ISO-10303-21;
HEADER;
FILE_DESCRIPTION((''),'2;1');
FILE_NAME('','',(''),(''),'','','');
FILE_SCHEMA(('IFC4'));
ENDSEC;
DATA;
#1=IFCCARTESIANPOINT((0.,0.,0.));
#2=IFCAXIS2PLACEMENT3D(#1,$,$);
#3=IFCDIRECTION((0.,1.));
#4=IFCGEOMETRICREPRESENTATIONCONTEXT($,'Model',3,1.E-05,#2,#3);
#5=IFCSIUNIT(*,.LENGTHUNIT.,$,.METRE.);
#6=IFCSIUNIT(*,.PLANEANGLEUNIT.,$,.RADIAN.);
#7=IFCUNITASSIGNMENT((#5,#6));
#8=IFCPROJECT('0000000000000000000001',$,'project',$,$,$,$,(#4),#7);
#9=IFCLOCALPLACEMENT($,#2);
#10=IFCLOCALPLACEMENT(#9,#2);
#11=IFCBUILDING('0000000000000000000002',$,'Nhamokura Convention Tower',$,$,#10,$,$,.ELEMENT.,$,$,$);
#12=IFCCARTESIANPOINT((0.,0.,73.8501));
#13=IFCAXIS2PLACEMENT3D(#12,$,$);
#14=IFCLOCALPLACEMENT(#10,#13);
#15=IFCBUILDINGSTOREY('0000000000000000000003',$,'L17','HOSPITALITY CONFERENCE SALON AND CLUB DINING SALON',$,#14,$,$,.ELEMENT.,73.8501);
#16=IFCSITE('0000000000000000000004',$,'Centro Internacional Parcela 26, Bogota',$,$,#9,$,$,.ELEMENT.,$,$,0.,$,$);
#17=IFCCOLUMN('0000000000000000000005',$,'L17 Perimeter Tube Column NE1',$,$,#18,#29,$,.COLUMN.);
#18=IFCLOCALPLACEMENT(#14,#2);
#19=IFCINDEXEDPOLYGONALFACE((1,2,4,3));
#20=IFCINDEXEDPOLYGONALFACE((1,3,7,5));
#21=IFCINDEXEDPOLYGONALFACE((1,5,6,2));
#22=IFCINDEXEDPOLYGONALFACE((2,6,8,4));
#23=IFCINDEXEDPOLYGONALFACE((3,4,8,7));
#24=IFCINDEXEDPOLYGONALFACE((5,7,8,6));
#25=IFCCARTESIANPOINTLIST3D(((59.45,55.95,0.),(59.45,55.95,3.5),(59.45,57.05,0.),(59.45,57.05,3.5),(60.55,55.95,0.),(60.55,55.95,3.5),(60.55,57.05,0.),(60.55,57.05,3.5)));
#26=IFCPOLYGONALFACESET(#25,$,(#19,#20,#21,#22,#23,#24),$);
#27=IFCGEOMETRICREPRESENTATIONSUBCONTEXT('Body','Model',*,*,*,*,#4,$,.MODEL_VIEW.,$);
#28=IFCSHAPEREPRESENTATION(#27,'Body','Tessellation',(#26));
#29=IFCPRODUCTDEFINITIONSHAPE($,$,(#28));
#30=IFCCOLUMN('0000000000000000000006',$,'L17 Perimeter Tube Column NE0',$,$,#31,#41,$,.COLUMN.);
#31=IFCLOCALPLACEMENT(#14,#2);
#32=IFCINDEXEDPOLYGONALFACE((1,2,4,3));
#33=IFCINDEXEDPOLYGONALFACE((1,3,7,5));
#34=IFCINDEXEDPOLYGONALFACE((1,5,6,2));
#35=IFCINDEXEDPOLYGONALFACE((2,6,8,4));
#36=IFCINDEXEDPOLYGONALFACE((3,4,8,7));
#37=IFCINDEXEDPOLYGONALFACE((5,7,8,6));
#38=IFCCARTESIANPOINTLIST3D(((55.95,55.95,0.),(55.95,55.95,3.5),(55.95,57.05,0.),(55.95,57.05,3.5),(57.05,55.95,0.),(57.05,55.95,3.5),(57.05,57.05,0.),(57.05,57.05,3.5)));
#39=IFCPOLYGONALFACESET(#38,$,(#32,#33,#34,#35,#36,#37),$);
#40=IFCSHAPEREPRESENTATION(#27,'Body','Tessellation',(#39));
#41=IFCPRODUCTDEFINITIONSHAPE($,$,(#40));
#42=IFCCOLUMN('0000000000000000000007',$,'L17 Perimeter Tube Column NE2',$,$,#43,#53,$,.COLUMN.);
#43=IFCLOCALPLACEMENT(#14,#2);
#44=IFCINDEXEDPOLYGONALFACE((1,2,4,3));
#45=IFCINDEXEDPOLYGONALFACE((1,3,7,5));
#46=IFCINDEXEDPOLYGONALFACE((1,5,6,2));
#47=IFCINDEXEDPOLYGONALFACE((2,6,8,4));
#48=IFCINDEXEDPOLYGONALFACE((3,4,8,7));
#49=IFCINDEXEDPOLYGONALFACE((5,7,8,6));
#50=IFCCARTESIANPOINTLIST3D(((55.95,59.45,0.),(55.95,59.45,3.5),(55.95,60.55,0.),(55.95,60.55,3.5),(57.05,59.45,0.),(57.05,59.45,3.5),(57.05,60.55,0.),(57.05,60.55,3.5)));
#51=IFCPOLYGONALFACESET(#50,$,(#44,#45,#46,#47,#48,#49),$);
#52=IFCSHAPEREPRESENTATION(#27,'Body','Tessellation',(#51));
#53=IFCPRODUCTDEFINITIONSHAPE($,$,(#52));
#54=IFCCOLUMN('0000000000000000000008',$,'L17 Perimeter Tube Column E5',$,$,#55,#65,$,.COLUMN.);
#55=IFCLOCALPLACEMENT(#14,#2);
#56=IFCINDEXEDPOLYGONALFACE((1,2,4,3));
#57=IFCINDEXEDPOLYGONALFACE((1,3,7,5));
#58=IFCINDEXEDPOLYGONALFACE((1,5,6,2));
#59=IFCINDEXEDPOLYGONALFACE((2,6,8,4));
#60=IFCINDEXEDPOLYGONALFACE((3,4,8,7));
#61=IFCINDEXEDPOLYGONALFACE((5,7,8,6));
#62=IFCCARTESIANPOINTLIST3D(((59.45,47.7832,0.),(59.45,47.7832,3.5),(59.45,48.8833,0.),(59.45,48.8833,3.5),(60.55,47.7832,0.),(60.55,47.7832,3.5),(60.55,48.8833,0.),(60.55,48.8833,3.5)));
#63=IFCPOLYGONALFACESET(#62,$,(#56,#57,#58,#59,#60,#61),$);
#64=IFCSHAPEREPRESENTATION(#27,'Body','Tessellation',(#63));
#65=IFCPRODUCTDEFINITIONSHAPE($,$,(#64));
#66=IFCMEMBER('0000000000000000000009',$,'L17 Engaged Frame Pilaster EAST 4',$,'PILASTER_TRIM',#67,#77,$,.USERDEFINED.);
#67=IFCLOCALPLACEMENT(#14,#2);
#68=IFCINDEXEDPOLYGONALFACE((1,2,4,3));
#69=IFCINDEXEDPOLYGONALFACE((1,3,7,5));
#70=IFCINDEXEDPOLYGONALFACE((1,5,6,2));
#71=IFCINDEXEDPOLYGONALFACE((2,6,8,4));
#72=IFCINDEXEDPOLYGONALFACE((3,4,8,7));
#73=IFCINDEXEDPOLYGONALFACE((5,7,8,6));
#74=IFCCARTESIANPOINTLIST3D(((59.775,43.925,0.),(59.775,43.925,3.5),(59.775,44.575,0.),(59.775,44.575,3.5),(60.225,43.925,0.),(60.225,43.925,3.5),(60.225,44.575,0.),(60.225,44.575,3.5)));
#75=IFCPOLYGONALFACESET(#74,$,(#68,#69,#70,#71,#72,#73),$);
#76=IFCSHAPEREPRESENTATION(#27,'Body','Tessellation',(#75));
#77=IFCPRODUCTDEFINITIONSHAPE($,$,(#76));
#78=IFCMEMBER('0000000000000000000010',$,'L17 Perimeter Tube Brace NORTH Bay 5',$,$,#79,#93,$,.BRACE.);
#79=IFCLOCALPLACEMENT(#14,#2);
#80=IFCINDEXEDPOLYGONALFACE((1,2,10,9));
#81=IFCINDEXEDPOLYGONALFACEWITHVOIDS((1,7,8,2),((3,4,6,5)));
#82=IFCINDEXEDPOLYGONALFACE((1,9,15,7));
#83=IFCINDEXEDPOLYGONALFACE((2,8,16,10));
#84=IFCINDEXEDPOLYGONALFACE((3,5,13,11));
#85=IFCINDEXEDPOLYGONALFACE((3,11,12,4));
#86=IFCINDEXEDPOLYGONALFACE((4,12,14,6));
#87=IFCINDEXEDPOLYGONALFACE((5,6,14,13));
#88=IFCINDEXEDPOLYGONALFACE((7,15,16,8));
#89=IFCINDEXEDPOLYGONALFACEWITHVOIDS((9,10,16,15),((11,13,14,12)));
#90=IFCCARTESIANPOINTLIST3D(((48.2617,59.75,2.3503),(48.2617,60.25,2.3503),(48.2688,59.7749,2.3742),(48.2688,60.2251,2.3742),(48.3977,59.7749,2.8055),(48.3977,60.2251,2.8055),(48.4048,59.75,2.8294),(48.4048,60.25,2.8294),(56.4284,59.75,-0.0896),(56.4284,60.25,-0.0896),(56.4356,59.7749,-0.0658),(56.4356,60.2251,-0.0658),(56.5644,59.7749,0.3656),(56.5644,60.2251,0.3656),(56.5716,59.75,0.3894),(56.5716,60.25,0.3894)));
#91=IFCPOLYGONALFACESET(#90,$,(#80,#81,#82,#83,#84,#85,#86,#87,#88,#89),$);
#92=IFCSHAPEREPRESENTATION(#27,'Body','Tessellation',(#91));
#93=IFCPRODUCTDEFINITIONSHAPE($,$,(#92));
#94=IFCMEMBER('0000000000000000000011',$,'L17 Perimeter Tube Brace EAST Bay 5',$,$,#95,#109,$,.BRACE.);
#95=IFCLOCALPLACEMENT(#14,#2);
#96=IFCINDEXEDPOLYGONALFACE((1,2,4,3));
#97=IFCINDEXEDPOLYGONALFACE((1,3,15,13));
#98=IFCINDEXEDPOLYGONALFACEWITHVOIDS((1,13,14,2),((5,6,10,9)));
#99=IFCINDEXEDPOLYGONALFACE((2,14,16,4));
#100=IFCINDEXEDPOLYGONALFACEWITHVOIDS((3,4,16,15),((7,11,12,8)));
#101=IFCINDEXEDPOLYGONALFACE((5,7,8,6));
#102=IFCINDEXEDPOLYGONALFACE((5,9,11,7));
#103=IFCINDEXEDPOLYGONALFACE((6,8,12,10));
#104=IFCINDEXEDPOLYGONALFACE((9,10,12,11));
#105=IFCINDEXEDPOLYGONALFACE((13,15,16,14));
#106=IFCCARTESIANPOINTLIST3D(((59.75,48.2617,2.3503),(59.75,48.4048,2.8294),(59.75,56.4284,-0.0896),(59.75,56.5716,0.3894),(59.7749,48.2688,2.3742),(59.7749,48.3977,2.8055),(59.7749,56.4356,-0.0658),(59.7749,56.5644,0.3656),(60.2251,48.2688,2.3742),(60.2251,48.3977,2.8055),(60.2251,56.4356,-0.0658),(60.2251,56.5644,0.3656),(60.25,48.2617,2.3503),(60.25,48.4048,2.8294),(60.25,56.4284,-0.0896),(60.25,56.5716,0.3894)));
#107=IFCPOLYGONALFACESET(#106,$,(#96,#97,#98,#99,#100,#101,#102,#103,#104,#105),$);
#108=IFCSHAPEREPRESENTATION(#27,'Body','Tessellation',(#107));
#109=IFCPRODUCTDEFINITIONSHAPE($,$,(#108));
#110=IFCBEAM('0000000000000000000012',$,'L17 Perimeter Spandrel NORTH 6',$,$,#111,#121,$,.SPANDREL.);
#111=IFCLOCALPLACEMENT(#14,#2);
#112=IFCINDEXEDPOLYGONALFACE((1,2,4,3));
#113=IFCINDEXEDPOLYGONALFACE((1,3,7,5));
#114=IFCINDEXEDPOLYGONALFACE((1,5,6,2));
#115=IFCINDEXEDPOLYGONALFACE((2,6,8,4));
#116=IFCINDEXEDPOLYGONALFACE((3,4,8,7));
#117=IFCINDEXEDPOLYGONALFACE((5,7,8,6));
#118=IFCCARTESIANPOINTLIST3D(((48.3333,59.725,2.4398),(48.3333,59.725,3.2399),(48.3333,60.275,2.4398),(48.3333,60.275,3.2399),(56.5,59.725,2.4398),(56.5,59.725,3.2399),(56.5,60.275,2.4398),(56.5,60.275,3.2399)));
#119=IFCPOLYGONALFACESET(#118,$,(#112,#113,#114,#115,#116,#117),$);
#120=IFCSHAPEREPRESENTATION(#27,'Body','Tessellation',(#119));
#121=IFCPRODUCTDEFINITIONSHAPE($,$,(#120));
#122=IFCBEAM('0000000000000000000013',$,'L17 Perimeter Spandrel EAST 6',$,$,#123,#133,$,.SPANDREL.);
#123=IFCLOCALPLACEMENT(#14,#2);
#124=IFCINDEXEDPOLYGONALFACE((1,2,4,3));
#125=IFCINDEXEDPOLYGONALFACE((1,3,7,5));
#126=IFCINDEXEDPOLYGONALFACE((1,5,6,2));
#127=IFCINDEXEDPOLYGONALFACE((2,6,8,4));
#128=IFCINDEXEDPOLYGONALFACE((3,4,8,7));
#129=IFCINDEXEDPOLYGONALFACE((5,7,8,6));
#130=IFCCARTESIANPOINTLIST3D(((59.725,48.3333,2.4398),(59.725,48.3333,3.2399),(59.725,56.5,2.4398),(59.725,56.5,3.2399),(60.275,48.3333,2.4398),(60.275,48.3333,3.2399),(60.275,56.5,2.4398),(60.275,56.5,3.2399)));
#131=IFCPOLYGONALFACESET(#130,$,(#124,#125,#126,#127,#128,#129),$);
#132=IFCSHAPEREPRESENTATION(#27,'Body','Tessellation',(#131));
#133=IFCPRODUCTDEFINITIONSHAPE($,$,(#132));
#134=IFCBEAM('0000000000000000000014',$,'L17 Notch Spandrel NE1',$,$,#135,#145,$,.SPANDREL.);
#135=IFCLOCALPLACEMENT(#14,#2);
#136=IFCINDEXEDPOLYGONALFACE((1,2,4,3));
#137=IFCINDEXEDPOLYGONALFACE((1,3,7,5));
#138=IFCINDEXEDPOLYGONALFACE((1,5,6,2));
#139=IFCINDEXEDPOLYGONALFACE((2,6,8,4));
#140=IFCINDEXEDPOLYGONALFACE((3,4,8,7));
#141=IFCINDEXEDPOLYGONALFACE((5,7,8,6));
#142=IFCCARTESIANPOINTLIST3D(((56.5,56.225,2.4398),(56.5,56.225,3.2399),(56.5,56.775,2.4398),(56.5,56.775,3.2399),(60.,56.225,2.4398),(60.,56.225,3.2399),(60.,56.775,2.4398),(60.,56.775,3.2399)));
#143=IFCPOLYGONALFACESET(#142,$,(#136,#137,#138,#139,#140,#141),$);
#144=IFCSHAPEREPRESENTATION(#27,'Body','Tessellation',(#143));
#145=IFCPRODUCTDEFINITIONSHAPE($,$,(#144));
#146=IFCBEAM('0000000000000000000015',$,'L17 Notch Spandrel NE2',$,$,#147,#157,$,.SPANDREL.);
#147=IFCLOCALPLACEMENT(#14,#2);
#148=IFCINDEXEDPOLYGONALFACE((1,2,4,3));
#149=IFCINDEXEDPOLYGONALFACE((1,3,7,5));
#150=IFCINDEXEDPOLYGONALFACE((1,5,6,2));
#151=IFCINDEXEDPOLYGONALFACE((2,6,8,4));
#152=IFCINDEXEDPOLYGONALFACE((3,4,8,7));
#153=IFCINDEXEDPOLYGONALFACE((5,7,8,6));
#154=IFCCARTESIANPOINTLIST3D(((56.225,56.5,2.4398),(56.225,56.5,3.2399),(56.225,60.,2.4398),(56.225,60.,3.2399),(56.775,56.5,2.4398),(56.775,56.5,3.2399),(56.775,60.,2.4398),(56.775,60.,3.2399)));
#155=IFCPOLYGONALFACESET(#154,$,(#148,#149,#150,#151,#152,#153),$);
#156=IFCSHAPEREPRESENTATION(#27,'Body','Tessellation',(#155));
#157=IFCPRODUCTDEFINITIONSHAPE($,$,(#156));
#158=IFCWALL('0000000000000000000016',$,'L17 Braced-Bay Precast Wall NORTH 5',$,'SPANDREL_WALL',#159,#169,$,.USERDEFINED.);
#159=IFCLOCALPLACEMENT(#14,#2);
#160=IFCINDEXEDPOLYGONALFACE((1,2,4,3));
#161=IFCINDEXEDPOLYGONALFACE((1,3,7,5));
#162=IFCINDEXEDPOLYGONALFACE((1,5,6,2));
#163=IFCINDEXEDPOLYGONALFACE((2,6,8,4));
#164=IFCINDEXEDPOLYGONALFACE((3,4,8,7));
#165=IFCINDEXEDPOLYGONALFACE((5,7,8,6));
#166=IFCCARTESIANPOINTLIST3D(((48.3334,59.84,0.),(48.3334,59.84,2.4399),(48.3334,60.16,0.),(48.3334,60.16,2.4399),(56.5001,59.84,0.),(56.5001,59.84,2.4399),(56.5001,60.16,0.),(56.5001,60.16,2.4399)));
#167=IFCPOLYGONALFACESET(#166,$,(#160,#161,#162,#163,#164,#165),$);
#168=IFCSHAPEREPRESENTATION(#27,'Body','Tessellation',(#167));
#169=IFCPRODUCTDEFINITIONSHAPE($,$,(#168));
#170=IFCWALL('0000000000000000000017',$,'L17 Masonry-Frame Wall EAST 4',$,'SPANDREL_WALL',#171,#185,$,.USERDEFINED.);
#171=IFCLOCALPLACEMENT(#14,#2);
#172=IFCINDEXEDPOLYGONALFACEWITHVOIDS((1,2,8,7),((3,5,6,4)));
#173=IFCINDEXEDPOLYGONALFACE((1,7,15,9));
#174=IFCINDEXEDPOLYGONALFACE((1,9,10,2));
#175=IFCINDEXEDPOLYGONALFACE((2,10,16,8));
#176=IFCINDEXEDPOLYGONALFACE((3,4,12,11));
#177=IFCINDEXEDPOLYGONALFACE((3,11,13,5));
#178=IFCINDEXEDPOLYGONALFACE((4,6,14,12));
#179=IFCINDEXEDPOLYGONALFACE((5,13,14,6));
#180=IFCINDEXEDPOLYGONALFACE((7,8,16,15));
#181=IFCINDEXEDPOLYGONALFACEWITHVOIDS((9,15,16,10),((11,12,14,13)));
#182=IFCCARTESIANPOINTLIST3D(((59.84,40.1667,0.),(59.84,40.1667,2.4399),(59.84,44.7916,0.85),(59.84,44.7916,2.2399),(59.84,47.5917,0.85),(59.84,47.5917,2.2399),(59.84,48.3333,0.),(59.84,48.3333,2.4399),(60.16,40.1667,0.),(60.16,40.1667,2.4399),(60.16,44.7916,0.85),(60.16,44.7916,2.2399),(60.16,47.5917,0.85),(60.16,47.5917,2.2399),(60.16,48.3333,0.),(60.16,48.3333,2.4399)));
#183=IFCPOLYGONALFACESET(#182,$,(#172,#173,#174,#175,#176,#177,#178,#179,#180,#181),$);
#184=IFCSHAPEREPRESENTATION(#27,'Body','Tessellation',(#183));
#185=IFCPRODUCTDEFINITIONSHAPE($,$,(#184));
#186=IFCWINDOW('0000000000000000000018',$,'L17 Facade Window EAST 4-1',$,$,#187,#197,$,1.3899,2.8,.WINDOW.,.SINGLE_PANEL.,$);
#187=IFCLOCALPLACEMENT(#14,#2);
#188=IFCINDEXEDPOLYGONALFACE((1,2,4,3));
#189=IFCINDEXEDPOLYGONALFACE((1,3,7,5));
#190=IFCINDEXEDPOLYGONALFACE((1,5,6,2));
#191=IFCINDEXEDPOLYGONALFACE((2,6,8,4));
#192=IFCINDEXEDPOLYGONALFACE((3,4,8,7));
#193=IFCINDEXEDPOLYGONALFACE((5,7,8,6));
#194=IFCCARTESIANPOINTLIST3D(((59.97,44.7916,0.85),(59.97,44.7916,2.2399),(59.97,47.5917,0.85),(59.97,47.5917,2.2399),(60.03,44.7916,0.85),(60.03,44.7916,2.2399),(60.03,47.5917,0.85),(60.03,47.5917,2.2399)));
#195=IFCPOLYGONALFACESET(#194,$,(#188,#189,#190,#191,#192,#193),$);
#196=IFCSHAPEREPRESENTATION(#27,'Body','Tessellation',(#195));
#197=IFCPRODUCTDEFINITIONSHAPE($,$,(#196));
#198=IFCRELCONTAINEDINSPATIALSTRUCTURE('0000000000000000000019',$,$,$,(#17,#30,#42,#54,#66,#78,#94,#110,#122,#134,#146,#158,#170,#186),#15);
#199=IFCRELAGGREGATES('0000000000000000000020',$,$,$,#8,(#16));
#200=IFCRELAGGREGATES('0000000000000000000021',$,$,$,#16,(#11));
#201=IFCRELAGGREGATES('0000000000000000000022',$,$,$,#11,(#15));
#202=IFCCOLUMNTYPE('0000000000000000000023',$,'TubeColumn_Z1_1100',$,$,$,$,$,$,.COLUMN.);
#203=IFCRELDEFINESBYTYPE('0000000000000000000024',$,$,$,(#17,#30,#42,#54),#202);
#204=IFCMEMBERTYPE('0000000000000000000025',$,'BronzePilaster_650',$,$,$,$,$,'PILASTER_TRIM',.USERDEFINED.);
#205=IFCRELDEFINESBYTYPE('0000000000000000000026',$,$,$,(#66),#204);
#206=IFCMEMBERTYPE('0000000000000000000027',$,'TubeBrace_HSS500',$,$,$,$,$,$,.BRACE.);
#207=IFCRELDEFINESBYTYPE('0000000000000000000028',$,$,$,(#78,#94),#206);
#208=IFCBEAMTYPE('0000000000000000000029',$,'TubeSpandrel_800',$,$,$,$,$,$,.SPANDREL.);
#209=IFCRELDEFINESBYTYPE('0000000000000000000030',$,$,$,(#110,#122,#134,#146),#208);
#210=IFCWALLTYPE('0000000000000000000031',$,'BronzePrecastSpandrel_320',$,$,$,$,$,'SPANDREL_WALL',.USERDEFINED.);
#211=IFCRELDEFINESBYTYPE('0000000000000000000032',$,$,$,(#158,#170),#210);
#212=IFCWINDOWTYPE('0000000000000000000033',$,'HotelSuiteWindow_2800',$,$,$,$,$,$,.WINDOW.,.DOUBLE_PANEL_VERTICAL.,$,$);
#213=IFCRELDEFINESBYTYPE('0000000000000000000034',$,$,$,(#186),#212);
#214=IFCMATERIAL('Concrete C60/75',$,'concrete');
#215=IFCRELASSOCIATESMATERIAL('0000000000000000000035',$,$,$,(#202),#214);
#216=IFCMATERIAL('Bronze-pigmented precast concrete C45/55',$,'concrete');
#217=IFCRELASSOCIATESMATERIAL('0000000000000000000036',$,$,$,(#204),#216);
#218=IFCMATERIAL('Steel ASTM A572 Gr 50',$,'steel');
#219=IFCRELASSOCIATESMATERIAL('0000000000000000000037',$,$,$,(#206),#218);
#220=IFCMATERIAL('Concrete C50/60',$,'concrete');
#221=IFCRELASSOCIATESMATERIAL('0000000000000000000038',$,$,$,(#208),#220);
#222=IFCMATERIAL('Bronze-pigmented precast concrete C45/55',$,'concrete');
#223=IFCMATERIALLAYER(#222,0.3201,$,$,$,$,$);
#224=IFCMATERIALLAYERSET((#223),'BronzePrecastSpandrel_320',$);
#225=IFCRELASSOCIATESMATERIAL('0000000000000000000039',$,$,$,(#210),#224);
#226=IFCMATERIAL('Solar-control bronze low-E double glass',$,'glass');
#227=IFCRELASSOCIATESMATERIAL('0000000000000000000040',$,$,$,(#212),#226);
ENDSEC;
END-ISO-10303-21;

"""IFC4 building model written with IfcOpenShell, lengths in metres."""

from ifc_helpers import new_model, si_unit, direction, frame, frame_2d, origin, origin_2d, place, context, subcontext, project, spatial, rectangle, hollow_rectangle, extrude, material, layer, layer_set, material_profile, profile_set, type_object, element, fill, save


model = new_model("IFC4")

# Units and contexts
model_context = context("Model", 3, precision=1e-05, world=origin(), true_north=direction((0.0, 1.0)))
body_context = subcontext(model_context, "Body", "Model", "MODEL_VIEW")
ifc_project = project(units=[si_unit("LENGTHUNIT", "METRE"), si_unit("PLANEANGLEUNIT", "RADIAN")], contexts=[model_context])

# Site, building, storey
site_placement = place(None, origin())
site = spatial("IfcSite", under=ifc_project, at=site_placement, Name="Centro Internacional Parcela 26, Bogota", CompositionType="ELEMENT", RefElevation=0.0)
building_placement = place(site_placement, origin())
building = spatial("IfcBuilding", under=site, at=building_placement, Name="Nhamokura Convention Tower", CompositionType="ELEMENT")
storey_placement = place(building_placement, frame((0.0, 0.0, 73.8501)))
storey = spatial("IfcBuildingStorey", under=building, at=storey_placement, Name="L17", Description="HOSPITALITY CONFERENCE SALON AND CLUB DINING SALON", CompositionType="ELEMENT", Elevation=73.8501)

# Columns
ifc_material_1 = material(Name="Concrete C60/75", Category="concrete")
ifc_material_profile_1 = material_profile(ifc_material_1, rectangle(XDim=1.1001, YDim=1.1001, at=origin_2d()))
ifc_profile_set_1 = profile_set([ifc_material_profile_1], Name="Concrete C60/75")
column_type = type_object("IfcColumnType", Name="TubeColumn_Z1_1100", PredefinedType="COLUMN", material=ifc_profile_set_1)
for number, where, z_axis, x_axis, name in (
    (1, (60.0, 56.5, 0.0), (0.0, 0.0, 1.0), (1.0, 0.0, 0.0), "L17 Perimeter Tube Column NE1"),
    (2, (56.5, 56.5, 0.0), (0.0, 0.0, 1.0), (1.0, 0.0, 0.0), "L17 Perimeter Tube Column NE0"),
    (3, (56.5, 60.0, 0.0), (0.0, 0.0, 1.0), (1.0, 0.0, 0.0), "L17 Perimeter Tube Column NE2"),
    (4, (60.0, 48.3333, 0.0), (0.0, 0.0, 1.0), (1.0, 0.0, 0.0), "L17 Perimeter Tube Column E5"),
):
    element("IfcColumn", number, at=place(storey_placement, frame(where, z_axis=z_axis, x_axis=x_axis)), inside=storey, type_object=column_type, Name=name, PredefinedType="COLUMN", context=body_context, shape_type="SweptSolid", body=[
        extrude(rectangle(XDim=1.1001, YDim=1.1001, at=origin_2d()), origin(), (0.0, 0.0, 1.0), 3.5),
    ])

# Members
ifc_material_2 = material(Name="Bronze-pigmented precast concrete C45/55", Category="concrete")
ifc_material_profile_2 = material_profile(ifc_material_2, rectangle(XDim=0.45, YDim=0.6499, at=origin_2d()))
ifc_profile_set_2 = profile_set([ifc_material_profile_2], Name="Bronze-pigmented precast concrete C45/55")
member_type_1 = type_object("IfcMemberType", Name="BronzePilaster_650", ElementType="PILASTER_TRIM", PredefinedType="USERDEFINED", material=ifc_profile_set_2)
member_placement = place(storey_placement, frame((60.0, 44.25, 0.0), z_axis=(0.0, 0.0, 1.0), x_axis=(1.0, 0.0, 0.0)))
element("IfcMember", 5, at=member_placement, inside=storey, type_object=member_type_1, Name="L17 Engaged Frame Pilaster EAST 4", ObjectType="PILASTER_TRIM", PredefinedType="USERDEFINED", context=body_context, shape_type="SweptSolid", body=[
    extrude(rectangle(XDim=0.45, YDim=0.6499, at=origin_2d()), origin(), (0.0, 0.0, 1.0), 3.5),
])
ifc_material_3 = material(Name="Steel ASTM A572 Gr 50", Category="steel")
ifc_material_profile_3 = material_profile(ifc_material_3, hollow_rectangle(XDim=0.5, YDim=0.5, WallThickness=0.0249, at=origin_2d()))
ifc_profile_set_3 = profile_set([ifc_material_profile_3], Name="Steel ASTM A572 Gr 50")
member_type_2 = type_object("IfcMemberType", Name="TubeBrace_HSS500", PredefinedType="BRACE", material=ifc_profile_set_3)
for number, where, z_axis, x_axis, name in (
    (6, (56.5, 60.0, 0.1499), (-0.958151, 0.0, 0.286262), (0.0, -1.0, 0.0), "L17 Perimeter Tube Brace NORTH Bay 5"),
    (7, (60.0, 56.5, 0.1499), (0.0, -0.958151, 0.286262), (1.0, 0.0, 0.0), "L17 Perimeter Tube Brace EAST Bay 5"),
):
    element("IfcMember", number, at=place(storey_placement, frame(where, z_axis=z_axis, x_axis=x_axis)), inside=storey, type_object=member_type_2, Name=name, PredefinedType="BRACE", context=body_context, shape_type="SweptSolid", body=[
        extrude(hollow_rectangle(XDim=0.5, YDim=0.5, WallThickness=0.0249, at=origin_2d()), origin(), (0.0, 0.0, 1.0), 8.5234),
    ])

# Beams
ifc_material_4 = material(Name="Concrete C50/60", Category="concrete")
ifc_material_profile_4 = material_profile(ifc_material_4, rectangle(XDim=0.55, YDim=0.8, at=origin_2d()))
ifc_profile_set_4 = profile_set([ifc_material_profile_4], Name="Concrete C50/60")
beam_type = type_object("IfcBeamType", Name="TubeSpandrel_800", PredefinedType="SPANDREL", material=ifc_profile_set_4)
for number, where, z_axis, x_axis, name in (
    (8, (48.3333, 60.0, 2.8398), (1.0, 0.0, 0.0), (0.0, 1.0, 0.0), "L17 Perimeter Spandrel NORTH 6"),
    (9, (60.0, 48.3333, 2.8398), (0.0, 1.0, 0.0), (-1.0, 0.0, 0.0), "L17 Perimeter Spandrel EAST 6"),
):
    element("IfcBeam", number, at=place(storey_placement, frame(where, z_axis=z_axis, x_axis=x_axis)), inside=storey, type_object=beam_type, Name=name, PredefinedType="SPANDREL", context=body_context, shape_type="SweptSolid", body=[
        extrude(rectangle(XDim=0.55, YDim=0.8, at=origin_2d()), origin(), (0.0, 0.0, 1.0), 8.1667),
    ])
for number, where, z_axis, x_axis, name in (
    (10, (60.0, 56.5, 2.8398), (-1.0, 0.0, 0.0), (0.0, -1.0, 0.0), "L17 Notch Spandrel NE1"),
    (11, (56.5, 56.5, 2.8398), (0.0, 1.0, 0.0), (-1.0, 0.0, 0.0), "L17 Notch Spandrel NE2"),
):
    element("IfcBeam", number, at=place(storey_placement, frame(where, z_axis=z_axis, x_axis=x_axis)), inside=storey, type_object=beam_type, Name=name, PredefinedType="SPANDREL", context=body_context, shape_type="SweptSolid", body=[
        extrude(rectangle(XDim=0.55, YDim=0.8, at=origin_2d()), origin(), (0.0, 0.0, 1.0), 3.5),
    ])

# Wall
ifc_material_5 = material(Name="Bronze-pigmented precast concrete C45/55", Category="concrete")
ifc_layer = layer(ifc_material_5, 0.3201)
ifc_layer_set = layer_set([ifc_layer], Name="BronzePrecastSpandrel_320")
wall_type = type_object("IfcWallType", Name="BronzePrecastSpandrel_320", ElementType="SPANDREL_WALL", PredefinedType="USERDEFINED", material=ifc_layer_set)
wall_1_placement = place(storey_placement, frame((48.3333, 60.0, 0.0), z_axis=(0.0, 0.0, 1.0), x_axis=(1.0, 0.0, 0.0)))
element("IfcWall", 12, at=wall_1_placement, inside=storey, type_object=wall_type, Name="L17 Braced-Bay Precast Wall NORTH 5", ObjectType="SPANDREL_WALL", PredefinedType="USERDEFINED", context=body_context, shape_type="SweptSolid", body=[
    extrude(rectangle(XDim=8.1667, YDim=0.3201, at=frame_2d((4.0835, 0.0))), origin(), (0.0, 0.0, 1.0), 2.4399),
])

# Wall, opening, window
wall_2_placement = place(storey_placement, frame((60.0, 48.3333, 0.0), z_axis=(0.0, 0.0, 1.0), x_axis=(0.0, -1.0, 0.0)))
wall_2 = element("IfcWall", 13, at=wall_2_placement, inside=storey, type_object=wall_type, Name="L17 Masonry-Frame Wall EAST 4", ObjectType="SPANDREL_WALL", PredefinedType="USERDEFINED", context=body_context, shape_type="SweptSolid", body=[
    extrude(rectangle(XDim=8.1665, YDim=0.3201, at=frame_2d((4.0833, 0.0))), origin(), (0.0, 0.0, 1.0), 2.4399),
])
opening_placement = place(wall_2_placement, frame((0.7417, 0.0, 0.8501)))
opening = element("IfcOpeningElement", 14, at=opening_placement, cuts=wall_2, PredefinedType="OPENING", context=body_context, shape_type="SweptSolid", body=[
    extrude(rectangle(XDim=2.8, YDim=1.3899, at=frame_2d((1.3999, 0.6948))), frame((0.0, 0.1699, 0.0), z_axis=(0.0, -1.0, 0.0), x_axis=(1.0, 0.0, 0.0)), (0.0, 0.0, 1.0), 0.3401),
])
ifc_material_6 = material(Name="Solar-control bronze low-E double glass", Category="glass")
window_type = type_object("IfcWindowType", Name="HotelSuiteWindow_2800", PartitioningType="DOUBLE_PANEL_VERTICAL", PredefinedType="WINDOW", material=ifc_material_6)
window_placement = place(opening_placement, origin())
window = element("IfcWindow", 15, at=window_placement, inside=storey, type_object=window_type, Name="L17 Facade Window EAST 4-1", OverallHeight=1.3899, OverallWidth=2.8, PartitioningType="SINGLE_PANEL", PredefinedType="WINDOW", context=body_context, shape_type="SweptSolid", body=[
    extrude(rectangle(XDim=2.8, YDim=1.3899, at=frame_2d((1.3999, 0.6948))), frame((0.0, 0.03, 0.0), z_axis=(0.0, -1.0, 0.0), x_axis=(1.0, 0.0, 0.0)), (0.0, 0.0, 1.0), 0.0601),
])
fill(opening, window)

save(model, "model.ifc")
